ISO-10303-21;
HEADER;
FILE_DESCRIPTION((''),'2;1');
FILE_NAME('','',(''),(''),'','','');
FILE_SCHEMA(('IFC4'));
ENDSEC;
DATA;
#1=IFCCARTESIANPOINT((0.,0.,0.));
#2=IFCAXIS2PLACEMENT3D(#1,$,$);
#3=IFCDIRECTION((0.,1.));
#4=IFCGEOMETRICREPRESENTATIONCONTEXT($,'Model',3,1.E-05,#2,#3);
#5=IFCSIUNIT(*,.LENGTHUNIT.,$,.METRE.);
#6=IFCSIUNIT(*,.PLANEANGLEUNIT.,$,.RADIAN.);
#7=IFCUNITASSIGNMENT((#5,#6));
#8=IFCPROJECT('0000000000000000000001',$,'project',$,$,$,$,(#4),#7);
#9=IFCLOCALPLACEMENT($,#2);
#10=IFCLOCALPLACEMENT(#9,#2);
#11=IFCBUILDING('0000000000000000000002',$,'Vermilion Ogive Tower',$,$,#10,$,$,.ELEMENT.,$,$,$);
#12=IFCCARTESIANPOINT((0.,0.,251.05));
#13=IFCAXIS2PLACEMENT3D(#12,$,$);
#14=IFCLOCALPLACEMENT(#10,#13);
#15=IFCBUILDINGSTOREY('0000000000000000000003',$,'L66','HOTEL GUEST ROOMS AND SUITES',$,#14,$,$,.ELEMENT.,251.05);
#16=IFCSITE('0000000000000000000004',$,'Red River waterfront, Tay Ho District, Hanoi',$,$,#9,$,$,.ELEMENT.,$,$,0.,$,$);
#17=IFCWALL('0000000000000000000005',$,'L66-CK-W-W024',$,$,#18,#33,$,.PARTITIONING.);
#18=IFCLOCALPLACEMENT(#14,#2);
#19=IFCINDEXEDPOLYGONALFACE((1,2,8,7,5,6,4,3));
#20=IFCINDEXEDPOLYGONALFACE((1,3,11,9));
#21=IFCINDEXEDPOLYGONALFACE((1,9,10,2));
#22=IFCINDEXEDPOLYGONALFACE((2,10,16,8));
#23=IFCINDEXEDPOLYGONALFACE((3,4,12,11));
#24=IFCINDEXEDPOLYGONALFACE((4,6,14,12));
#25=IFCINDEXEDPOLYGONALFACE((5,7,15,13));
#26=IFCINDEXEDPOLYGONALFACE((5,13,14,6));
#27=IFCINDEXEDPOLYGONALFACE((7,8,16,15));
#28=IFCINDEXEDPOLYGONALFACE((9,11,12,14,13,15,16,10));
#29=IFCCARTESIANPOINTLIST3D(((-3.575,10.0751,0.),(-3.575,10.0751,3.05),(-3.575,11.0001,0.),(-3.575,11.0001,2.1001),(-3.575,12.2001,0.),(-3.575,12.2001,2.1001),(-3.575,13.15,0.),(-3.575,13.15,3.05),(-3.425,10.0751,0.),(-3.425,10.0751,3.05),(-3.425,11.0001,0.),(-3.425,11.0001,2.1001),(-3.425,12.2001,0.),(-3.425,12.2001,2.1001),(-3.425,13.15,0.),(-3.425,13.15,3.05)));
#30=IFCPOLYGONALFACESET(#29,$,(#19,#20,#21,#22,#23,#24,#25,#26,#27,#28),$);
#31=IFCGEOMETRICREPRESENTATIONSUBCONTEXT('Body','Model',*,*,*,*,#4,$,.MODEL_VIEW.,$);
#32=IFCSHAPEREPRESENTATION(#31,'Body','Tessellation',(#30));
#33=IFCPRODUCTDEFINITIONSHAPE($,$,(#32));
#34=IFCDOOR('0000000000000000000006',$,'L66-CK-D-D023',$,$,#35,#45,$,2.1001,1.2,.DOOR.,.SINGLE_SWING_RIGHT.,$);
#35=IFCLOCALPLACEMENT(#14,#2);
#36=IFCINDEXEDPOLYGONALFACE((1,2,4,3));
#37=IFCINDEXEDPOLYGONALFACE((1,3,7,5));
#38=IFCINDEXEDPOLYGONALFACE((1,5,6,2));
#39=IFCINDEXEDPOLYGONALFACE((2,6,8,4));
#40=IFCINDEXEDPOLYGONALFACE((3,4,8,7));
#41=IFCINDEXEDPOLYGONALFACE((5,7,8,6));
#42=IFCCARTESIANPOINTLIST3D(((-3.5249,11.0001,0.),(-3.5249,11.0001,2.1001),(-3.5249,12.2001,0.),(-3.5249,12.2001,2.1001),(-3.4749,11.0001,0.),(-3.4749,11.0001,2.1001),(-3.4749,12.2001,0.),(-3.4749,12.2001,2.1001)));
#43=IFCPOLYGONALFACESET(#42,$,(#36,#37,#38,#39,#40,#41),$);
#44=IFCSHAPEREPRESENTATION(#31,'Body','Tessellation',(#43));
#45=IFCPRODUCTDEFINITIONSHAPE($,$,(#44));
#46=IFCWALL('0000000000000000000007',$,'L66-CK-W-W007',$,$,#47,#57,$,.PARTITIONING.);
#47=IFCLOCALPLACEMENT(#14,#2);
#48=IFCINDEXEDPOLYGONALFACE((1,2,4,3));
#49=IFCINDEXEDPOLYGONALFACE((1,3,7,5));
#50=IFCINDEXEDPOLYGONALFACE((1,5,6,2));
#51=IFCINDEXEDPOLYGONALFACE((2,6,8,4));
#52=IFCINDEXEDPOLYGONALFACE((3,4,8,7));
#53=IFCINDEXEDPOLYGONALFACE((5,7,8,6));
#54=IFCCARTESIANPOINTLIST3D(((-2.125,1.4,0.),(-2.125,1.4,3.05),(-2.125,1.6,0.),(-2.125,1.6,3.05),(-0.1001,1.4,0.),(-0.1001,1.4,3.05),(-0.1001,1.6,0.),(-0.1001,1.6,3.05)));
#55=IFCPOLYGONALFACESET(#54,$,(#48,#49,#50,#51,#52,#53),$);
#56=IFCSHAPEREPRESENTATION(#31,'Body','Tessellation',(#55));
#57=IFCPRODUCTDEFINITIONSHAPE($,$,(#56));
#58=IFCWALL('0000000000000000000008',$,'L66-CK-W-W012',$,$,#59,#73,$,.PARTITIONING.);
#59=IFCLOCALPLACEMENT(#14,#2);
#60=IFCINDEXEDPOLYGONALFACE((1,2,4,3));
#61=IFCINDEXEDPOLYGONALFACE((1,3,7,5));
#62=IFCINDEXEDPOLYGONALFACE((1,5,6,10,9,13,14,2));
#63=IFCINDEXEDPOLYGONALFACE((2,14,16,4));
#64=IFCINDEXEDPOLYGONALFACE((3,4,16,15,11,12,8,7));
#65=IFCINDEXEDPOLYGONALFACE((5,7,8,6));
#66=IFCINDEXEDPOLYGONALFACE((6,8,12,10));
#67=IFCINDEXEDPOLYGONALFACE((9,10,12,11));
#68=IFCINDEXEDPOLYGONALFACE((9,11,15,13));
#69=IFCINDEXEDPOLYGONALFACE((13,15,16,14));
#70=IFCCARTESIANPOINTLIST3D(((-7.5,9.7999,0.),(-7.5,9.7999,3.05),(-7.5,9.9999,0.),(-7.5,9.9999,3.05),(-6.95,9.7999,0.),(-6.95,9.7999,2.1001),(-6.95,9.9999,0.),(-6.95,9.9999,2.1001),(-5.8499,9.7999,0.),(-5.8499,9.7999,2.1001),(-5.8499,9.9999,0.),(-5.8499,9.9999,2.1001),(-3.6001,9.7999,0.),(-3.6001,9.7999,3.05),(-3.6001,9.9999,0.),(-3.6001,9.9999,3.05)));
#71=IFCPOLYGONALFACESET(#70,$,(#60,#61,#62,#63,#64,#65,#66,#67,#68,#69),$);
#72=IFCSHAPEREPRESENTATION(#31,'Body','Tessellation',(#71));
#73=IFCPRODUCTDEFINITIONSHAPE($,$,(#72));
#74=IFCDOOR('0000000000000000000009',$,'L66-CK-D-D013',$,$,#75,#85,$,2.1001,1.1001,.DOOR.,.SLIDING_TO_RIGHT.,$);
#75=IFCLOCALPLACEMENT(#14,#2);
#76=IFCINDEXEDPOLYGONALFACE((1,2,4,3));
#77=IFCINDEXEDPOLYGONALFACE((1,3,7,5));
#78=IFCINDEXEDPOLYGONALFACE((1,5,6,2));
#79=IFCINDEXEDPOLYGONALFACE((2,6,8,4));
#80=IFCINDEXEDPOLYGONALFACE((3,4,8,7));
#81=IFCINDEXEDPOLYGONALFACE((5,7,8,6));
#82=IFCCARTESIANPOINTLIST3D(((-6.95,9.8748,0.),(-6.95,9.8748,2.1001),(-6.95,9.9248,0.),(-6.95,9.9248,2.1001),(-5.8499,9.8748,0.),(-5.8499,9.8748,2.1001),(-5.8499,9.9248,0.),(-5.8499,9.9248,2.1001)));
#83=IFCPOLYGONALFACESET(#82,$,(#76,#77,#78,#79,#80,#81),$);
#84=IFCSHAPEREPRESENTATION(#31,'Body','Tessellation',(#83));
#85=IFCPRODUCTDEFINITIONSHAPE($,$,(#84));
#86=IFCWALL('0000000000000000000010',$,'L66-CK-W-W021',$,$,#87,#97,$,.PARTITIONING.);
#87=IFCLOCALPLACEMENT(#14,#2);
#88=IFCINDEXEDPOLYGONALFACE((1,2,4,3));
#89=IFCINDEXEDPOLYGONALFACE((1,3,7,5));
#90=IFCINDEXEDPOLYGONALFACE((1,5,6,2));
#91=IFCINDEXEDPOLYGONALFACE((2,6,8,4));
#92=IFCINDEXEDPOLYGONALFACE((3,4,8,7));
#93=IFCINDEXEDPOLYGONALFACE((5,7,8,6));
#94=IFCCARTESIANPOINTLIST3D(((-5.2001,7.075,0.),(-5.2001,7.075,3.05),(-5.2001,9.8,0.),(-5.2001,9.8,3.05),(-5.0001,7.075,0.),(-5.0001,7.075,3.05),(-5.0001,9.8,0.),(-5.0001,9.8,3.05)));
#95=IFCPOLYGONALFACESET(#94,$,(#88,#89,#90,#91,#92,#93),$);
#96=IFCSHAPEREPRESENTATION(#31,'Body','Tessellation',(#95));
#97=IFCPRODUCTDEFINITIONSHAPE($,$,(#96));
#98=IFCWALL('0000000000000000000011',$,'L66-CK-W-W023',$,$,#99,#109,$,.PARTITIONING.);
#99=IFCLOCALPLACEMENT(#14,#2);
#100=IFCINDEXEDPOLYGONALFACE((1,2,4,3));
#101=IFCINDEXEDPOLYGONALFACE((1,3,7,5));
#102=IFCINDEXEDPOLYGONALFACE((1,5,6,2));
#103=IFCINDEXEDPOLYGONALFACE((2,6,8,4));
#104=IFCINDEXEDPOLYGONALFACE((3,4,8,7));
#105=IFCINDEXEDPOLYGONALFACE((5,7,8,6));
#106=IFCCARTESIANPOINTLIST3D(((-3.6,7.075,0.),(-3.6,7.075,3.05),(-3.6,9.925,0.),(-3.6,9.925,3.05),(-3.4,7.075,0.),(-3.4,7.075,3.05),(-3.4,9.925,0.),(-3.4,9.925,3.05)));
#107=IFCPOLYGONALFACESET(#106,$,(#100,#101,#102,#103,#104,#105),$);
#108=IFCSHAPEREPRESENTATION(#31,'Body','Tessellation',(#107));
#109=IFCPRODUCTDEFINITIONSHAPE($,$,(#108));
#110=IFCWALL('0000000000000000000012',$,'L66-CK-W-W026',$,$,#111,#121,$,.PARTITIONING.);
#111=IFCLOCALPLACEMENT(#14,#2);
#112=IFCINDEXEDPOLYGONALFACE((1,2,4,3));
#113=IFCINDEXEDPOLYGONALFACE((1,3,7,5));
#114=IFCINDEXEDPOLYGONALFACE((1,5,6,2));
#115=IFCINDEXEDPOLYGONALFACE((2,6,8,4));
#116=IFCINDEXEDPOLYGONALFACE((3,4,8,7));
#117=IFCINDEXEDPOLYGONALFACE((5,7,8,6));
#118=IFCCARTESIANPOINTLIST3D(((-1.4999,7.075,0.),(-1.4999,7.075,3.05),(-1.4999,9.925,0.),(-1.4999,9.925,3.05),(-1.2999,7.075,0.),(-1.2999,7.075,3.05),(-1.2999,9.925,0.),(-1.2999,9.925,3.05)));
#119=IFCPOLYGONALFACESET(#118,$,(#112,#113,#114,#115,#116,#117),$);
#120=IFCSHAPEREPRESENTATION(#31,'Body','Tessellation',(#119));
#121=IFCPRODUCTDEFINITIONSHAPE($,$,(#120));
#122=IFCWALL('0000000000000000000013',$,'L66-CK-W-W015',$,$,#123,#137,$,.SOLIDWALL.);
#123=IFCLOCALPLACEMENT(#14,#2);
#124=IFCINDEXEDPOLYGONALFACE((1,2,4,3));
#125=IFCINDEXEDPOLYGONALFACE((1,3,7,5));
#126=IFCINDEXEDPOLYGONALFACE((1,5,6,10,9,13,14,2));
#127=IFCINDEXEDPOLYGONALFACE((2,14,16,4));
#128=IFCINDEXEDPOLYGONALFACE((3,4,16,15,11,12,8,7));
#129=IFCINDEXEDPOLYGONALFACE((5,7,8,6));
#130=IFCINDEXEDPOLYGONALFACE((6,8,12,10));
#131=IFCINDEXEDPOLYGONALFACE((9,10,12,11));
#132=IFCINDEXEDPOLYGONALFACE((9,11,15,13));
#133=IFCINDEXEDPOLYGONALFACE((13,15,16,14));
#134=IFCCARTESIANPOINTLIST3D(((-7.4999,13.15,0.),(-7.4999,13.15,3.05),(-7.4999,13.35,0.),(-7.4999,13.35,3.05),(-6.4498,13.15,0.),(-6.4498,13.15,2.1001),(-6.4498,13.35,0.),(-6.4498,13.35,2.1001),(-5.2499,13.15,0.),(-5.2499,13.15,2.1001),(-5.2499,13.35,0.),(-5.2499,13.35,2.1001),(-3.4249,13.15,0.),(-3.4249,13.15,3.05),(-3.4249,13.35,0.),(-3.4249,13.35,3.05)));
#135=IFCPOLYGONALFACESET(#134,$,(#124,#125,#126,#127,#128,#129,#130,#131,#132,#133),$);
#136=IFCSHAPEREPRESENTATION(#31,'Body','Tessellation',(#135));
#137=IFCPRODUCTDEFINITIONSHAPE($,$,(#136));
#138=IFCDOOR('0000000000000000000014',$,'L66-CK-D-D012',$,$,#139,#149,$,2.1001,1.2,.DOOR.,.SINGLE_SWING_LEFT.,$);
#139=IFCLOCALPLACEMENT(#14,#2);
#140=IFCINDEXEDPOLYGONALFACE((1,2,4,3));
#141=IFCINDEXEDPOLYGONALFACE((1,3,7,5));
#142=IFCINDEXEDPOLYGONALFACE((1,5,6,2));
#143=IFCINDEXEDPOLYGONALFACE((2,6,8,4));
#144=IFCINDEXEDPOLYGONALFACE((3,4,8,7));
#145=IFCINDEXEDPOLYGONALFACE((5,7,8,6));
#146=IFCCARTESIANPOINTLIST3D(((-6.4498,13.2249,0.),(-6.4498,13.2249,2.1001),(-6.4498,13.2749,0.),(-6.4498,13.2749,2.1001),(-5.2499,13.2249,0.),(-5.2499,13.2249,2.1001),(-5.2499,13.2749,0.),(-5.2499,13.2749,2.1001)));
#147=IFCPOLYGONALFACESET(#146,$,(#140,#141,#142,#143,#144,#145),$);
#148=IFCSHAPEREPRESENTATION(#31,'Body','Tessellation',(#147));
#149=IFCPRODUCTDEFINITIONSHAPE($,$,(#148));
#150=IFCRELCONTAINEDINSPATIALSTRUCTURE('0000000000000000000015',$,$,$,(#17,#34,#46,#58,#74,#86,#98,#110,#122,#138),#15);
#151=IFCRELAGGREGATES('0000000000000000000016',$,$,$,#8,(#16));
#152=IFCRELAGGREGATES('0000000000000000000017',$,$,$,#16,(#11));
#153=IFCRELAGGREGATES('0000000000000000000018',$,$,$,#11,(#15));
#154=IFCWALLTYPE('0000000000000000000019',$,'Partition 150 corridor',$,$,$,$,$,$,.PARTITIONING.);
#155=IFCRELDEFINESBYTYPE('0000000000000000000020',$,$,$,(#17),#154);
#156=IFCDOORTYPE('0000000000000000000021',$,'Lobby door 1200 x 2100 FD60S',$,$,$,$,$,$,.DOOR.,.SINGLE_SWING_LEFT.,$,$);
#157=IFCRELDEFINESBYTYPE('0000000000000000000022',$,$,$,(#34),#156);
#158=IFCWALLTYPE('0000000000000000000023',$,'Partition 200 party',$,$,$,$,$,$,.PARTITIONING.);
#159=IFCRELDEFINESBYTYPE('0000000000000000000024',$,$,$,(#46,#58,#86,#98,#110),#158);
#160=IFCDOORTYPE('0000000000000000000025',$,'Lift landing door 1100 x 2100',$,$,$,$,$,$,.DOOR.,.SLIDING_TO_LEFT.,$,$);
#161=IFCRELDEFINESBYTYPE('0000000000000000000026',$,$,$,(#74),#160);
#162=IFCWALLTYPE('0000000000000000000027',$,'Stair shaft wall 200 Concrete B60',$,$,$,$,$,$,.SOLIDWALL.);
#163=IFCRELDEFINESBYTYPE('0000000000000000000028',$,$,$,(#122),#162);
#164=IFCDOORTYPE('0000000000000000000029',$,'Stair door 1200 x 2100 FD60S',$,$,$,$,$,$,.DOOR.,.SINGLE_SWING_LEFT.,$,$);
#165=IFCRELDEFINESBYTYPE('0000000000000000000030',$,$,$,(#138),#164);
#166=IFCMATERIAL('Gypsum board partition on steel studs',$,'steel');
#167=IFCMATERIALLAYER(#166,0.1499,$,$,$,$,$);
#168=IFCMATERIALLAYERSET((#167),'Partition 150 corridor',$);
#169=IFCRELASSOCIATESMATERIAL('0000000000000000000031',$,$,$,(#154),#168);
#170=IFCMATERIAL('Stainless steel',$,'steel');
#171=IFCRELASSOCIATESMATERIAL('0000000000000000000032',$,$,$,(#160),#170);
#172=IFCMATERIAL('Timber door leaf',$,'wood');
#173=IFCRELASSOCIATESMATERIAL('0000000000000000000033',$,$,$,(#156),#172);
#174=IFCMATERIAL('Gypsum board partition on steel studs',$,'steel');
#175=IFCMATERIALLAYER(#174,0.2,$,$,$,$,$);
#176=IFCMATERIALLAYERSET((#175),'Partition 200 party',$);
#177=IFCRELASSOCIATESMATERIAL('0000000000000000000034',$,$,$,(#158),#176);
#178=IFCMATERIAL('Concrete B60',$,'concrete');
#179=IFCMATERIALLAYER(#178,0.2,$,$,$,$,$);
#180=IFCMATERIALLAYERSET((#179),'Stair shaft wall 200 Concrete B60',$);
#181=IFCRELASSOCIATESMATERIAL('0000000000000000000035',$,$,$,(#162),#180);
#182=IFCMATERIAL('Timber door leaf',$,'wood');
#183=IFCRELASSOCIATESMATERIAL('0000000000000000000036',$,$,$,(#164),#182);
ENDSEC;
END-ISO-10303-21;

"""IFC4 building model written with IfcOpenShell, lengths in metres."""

from ifc_helpers import new_model, si_unit, direction, frame, frame_2d, origin, place, context, subcontext, project, spatial, rectangle, extrude, material, layer, layer_set, type_object, element, fill, save


model = new_model("IFC4")

# Units and contexts
model_context = context("Model", 3, precision=1e-05, world=origin(), true_north=direction((0.0, 1.0)))
body_context = subcontext(model_context, "Body", "Model", "MODEL_VIEW")
ifc_project = project(units=[si_unit("LENGTHUNIT", "METRE"), si_unit("PLANEANGLEUNIT", "RADIAN")], contexts=[model_context])

# Site, building, storey
site_placement = place(None, origin())
site = spatial("IfcSite", under=ifc_project, at=site_placement, Name="Red River waterfront, Tay Ho District, Hanoi", CompositionType="ELEMENT", RefElevation=0.0)
building_placement = place(site_placement, origin())
building = spatial("IfcBuilding", under=site, at=building_placement, Name="Vermilion Ogive Tower", CompositionType="ELEMENT")
storey_placement = place(building_placement, frame((0.0, 0.0, 251.05)))
storey = spatial("IfcBuildingStorey", under=building, at=storey_placement, Name="L66", Description="HOTEL GUEST ROOMS AND SUITES", CompositionType="ELEMENT", Elevation=251.05)

# Shared definitions
ifc_material_1 = material(Name="Gypsum board partition on steel studs", Category="steel")
ifc_layer_1 = layer(ifc_material_1, 0.1499)
ifc_layer_set_1 = layer_set([ifc_layer_1], Name="Partition 150 corridor")
wall_type_1 = type_object("IfcWallType", Name="Partition 150 corridor", PredefinedType="PARTITIONING", material=ifc_layer_set_1)

# Shared definitions
ifc_material_2 = material(Name="Stainless steel", Category="steel")
door_type_1 = type_object("IfcDoorType", Name="Lift landing door 1100 x 2100", OperationType="SLIDING_TO_LEFT", PredefinedType="DOOR", material=ifc_material_2)

# Wall, opening, door
wall_1_placement = place(storey_placement, frame((-3.5, 10.075, 0.0), z_axis=(0.0, 0.0, 1.0), x_axis=(0.0, 1.0, 0.0)))
wall_1 = element("IfcWall", 1, at=wall_1_placement, inside=storey, type_object=wall_type_1, Name="L66-CK-W-W024", PredefinedType="PARTITIONING", context=body_context, shape_type="SweptSolid", body=[
    extrude(rectangle(XDim=3.075, YDim=0.1499, at=frame_2d((1.5376, 0.0))), origin(), (0.0, 0.0, 1.0), 3.05),
])
opening_1_placement = place(wall_1_placement, frame((0.925, 0.0, 0.0)))
opening_1 = element("IfcOpeningElement", 2, at=opening_1_placement, cuts=wall_1, PredefinedType="OPENING", context=body_context, shape_type="SweptSolid", body=[
    extrude(rectangle(XDim=1.2, YDim=2.1001, at=frame_2d((0.6001, 1.05))), frame((0.0, 0.085, 0.0), z_axis=(0.0, -1.0, 0.0), x_axis=(1.0, 0.0, 0.0)), (0.0, 0.0, 1.0), 0.1699),
])
ifc_material_3 = material(Name="Timber door leaf", Category="wood")
door_type_2 = type_object("IfcDoorType", Name="Lobby door 1200 x 2100 FD60S", OperationType="SINGLE_SWING_LEFT", PredefinedType="DOOR", material=ifc_material_3)
door_1_placement = place(opening_1_placement, origin())
door_1 = element("IfcDoor", 3, at=door_1_placement, inside=storey, type_object=door_type_2, Name="L66-CK-D-D023", OperationType="SINGLE_SWING_RIGHT", OverallHeight=2.1001, OverallWidth=1.2, PredefinedType="DOOR", context=body_context, shape_type="SweptSolid", body=[
    extrude(rectangle(XDim=1.2, YDim=2.1001, at=frame_2d((0.6001, 1.05))), frame((0.0, 0.0249, 0.0), z_axis=(0.0, -1.0, 0.0), x_axis=(1.0, 0.0, 0.0)), (0.0, 0.0, 1.0), 0.05),
])
fill(opening_1, door_1)

# Wall
ifc_material_4 = material(Name="Gypsum board partition on steel studs", Category="steel")
ifc_layer_2 = layer(ifc_material_4, 0.2)
ifc_layer_set_2 = layer_set([ifc_layer_2], Name="Partition 200 party")
wall_type_2 = type_object("IfcWallType", Name="Partition 200 party", PredefinedType="PARTITIONING", material=ifc_layer_set_2)
wall_2_placement = place(storey_placement, frame((-2.125, 1.5, 0.0), z_axis=(0.0, 0.0, 1.0), x_axis=(1.0, 0.0, 0.0)))
element("IfcWall", 4, at=wall_2_placement, inside=storey, type_object=wall_type_2, Name="L66-CK-W-W007", PredefinedType="PARTITIONING", context=body_context, shape_type="SweptSolid", body=[
    extrude(rectangle(XDim=2.0249, YDim=0.2, at=frame_2d((1.0125, 0.0))), origin(), (0.0, 0.0, 1.0), 3.05),
])

# Wall, opening, door
wall_3_placement = place(storey_placement, frame((-7.5, 9.8999, 0.0), z_axis=(0.0, 0.0, 1.0), x_axis=(1.0, 0.0, 0.0)))
wall_3 = element("IfcWall", 5, at=wall_3_placement, inside=storey, type_object=wall_type_2, Name="L66-CK-W-W012", PredefinedType="PARTITIONING", context=body_context, shape_type="SweptSolid", body=[
    extrude(rectangle(XDim=3.8999, YDim=0.2, at=frame_2d((1.95, 0.0))), origin(), (0.0, 0.0, 1.0), 3.05),
])
opening_2_placement = place(wall_3_placement, frame((0.55, 0.0, 0.0)))
opening_2 = element("IfcOpeningElement", 6, at=opening_2_placement, cuts=wall_3, PredefinedType="OPENING", context=body_context, shape_type="SweptSolid", body=[
    extrude(rectangle(XDim=1.1001, YDim=2.1001, at=frame_2d((0.55, 1.05))), frame((0.0, 0.1099, 0.0), z_axis=(0.0, -1.0, 0.0), x_axis=(1.0, 0.0, 0.0)), (0.0, 0.0, 1.0), 0.22),
])
door_2_placement = place(opening_2_placement, origin())
door_2 = element("IfcDoor", 7, at=door_2_placement, inside=storey, type_object=door_type_1, Name="L66-CK-D-D013", OperationType="SLIDING_TO_RIGHT", OverallHeight=2.1001, OverallWidth=1.1001, PredefinedType="DOOR", context=body_context, shape_type="SweptSolid", body=[
    extrude(rectangle(XDim=1.1001, YDim=2.1001, at=frame_2d((0.55, 1.05))), frame((0.0, 0.0249, 0.0), z_axis=(0.0, -1.0, 0.0), x_axis=(1.0, 0.0, 0.0)), (0.0, 0.0, 1.0), 0.05),
])
fill(opening_2, door_2)

# Walls
wall_4_placement = place(storey_placement, frame((-5.1001, 7.075, 0.0), z_axis=(0.0, 0.0, 1.0), x_axis=(0.0, 1.0, 0.0)))
element("IfcWall", 8, at=wall_4_placement, inside=storey, type_object=wall_type_2, Name="L66-CK-W-W021", PredefinedType="PARTITIONING", context=body_context, shape_type="SweptSolid", body=[
    extrude(rectangle(XDim=2.7251, YDim=0.2, at=frame_2d((1.3625, 0.0))), origin(), (0.0, 0.0, 1.0), 3.05),
])
for number, where, z_axis, x_axis, name in (
    (9, (-3.5, 7.075, 0.0), (0.0, 0.0, 1.0), (0.0, 1.0, 0.0), "L66-CK-W-W023"),
    (10, (-1.3999, 7.075, 0.0), (0.0, 0.0, 1.0), (0.0, 1.0, 0.0), "L66-CK-W-W026"),
):
    element("IfcWall", number, at=place(storey_placement, frame(where, z_axis=z_axis, x_axis=x_axis)), inside=storey, type_object=wall_type_2, Name=name, PredefinedType="PARTITIONING", context=body_context, shape_type="SweptSolid", body=[
        extrude(rectangle(XDim=2.8501, YDim=0.2, at=frame_2d((1.425, 0.0))), origin(), (0.0, 0.0, 1.0), 3.05),
    ])

# Wall, opening, door
ifc_material_5 = material(Name="Concrete B60", Category="concrete")
ifc_layer_3 = layer(ifc_material_5, 0.2)
ifc_layer_set_3 = layer_set([ifc_layer_3], Name="Stair shaft wall 200 Concrete B60")
wall_type_3 = type_object("IfcWallType", Name="Stair shaft wall 200 Concrete B60", PredefinedType="SOLIDWALL", material=ifc_layer_set_3)
wall_5_placement = place(storey_placement, frame((-7.5, 13.25, 0.0), z_axis=(0.0, 0.0, 1.0), x_axis=(1.0, 0.0, 0.0)))
wall_5 = element("IfcWall", 11, at=wall_5_placement, inside=storey, type_object=wall_type_3, Name="L66-CK-W-W015", PredefinedType="SOLIDWALL", context=body_context, shape_type="SweptSolid", body=[
    extrude(rectangle(XDim=4.075, YDim=0.2, at=frame_2d((2.0376, 0.0))), origin(), (0.0, 0.0, 1.0), 3.05),
])
opening_3_placement = place(wall_5_placement, frame((1.05, 0.0, 0.0)))
opening_3 = element("IfcOpeningElement", 12, at=opening_3_placement, cuts=wall_5, PredefinedType="OPENING", context=body_context, shape_type="SweptSolid", body=[
    extrude(rectangle(XDim=1.2, YDim=2.1001, at=frame_2d((0.6001, 1.05))), frame((0.0, 0.1099, 0.0), z_axis=(0.0, -1.0, 0.0), x_axis=(1.0, 0.0, 0.0)), (0.0, 0.0, 1.0), 0.22),
])
ifc_material_6 = material(Name="Timber door leaf", Category="wood")
door_type_3 = type_object("IfcDoorType", Name="Stair door 1200 x 2100 FD60S", OperationType="SINGLE_SWING_LEFT", PredefinedType="DOOR", material=ifc_material_6)
door_3_placement = place(opening_3_placement, origin())
door_3 = element("IfcDoor", 13, at=door_3_placement, inside=storey, type_object=door_type_3, Name="L66-CK-D-D012", OperationType="SINGLE_SWING_LEFT", OverallHeight=2.1001, OverallWidth=1.2, PredefinedType="DOOR", context=body_context, shape_type="SweptSolid", body=[
    extrude(rectangle(XDim=1.2, YDim=2.1001, at=frame_2d((0.6001, 1.05))), frame((0.0, 0.0249, 0.0), z_axis=(0.0, -1.0, 0.0), x_axis=(1.0, 0.0, 0.0)), (0.0, 0.0, 1.0), 0.05),
])
fill(opening_3, door_3)

save(model, "model.ifc")
